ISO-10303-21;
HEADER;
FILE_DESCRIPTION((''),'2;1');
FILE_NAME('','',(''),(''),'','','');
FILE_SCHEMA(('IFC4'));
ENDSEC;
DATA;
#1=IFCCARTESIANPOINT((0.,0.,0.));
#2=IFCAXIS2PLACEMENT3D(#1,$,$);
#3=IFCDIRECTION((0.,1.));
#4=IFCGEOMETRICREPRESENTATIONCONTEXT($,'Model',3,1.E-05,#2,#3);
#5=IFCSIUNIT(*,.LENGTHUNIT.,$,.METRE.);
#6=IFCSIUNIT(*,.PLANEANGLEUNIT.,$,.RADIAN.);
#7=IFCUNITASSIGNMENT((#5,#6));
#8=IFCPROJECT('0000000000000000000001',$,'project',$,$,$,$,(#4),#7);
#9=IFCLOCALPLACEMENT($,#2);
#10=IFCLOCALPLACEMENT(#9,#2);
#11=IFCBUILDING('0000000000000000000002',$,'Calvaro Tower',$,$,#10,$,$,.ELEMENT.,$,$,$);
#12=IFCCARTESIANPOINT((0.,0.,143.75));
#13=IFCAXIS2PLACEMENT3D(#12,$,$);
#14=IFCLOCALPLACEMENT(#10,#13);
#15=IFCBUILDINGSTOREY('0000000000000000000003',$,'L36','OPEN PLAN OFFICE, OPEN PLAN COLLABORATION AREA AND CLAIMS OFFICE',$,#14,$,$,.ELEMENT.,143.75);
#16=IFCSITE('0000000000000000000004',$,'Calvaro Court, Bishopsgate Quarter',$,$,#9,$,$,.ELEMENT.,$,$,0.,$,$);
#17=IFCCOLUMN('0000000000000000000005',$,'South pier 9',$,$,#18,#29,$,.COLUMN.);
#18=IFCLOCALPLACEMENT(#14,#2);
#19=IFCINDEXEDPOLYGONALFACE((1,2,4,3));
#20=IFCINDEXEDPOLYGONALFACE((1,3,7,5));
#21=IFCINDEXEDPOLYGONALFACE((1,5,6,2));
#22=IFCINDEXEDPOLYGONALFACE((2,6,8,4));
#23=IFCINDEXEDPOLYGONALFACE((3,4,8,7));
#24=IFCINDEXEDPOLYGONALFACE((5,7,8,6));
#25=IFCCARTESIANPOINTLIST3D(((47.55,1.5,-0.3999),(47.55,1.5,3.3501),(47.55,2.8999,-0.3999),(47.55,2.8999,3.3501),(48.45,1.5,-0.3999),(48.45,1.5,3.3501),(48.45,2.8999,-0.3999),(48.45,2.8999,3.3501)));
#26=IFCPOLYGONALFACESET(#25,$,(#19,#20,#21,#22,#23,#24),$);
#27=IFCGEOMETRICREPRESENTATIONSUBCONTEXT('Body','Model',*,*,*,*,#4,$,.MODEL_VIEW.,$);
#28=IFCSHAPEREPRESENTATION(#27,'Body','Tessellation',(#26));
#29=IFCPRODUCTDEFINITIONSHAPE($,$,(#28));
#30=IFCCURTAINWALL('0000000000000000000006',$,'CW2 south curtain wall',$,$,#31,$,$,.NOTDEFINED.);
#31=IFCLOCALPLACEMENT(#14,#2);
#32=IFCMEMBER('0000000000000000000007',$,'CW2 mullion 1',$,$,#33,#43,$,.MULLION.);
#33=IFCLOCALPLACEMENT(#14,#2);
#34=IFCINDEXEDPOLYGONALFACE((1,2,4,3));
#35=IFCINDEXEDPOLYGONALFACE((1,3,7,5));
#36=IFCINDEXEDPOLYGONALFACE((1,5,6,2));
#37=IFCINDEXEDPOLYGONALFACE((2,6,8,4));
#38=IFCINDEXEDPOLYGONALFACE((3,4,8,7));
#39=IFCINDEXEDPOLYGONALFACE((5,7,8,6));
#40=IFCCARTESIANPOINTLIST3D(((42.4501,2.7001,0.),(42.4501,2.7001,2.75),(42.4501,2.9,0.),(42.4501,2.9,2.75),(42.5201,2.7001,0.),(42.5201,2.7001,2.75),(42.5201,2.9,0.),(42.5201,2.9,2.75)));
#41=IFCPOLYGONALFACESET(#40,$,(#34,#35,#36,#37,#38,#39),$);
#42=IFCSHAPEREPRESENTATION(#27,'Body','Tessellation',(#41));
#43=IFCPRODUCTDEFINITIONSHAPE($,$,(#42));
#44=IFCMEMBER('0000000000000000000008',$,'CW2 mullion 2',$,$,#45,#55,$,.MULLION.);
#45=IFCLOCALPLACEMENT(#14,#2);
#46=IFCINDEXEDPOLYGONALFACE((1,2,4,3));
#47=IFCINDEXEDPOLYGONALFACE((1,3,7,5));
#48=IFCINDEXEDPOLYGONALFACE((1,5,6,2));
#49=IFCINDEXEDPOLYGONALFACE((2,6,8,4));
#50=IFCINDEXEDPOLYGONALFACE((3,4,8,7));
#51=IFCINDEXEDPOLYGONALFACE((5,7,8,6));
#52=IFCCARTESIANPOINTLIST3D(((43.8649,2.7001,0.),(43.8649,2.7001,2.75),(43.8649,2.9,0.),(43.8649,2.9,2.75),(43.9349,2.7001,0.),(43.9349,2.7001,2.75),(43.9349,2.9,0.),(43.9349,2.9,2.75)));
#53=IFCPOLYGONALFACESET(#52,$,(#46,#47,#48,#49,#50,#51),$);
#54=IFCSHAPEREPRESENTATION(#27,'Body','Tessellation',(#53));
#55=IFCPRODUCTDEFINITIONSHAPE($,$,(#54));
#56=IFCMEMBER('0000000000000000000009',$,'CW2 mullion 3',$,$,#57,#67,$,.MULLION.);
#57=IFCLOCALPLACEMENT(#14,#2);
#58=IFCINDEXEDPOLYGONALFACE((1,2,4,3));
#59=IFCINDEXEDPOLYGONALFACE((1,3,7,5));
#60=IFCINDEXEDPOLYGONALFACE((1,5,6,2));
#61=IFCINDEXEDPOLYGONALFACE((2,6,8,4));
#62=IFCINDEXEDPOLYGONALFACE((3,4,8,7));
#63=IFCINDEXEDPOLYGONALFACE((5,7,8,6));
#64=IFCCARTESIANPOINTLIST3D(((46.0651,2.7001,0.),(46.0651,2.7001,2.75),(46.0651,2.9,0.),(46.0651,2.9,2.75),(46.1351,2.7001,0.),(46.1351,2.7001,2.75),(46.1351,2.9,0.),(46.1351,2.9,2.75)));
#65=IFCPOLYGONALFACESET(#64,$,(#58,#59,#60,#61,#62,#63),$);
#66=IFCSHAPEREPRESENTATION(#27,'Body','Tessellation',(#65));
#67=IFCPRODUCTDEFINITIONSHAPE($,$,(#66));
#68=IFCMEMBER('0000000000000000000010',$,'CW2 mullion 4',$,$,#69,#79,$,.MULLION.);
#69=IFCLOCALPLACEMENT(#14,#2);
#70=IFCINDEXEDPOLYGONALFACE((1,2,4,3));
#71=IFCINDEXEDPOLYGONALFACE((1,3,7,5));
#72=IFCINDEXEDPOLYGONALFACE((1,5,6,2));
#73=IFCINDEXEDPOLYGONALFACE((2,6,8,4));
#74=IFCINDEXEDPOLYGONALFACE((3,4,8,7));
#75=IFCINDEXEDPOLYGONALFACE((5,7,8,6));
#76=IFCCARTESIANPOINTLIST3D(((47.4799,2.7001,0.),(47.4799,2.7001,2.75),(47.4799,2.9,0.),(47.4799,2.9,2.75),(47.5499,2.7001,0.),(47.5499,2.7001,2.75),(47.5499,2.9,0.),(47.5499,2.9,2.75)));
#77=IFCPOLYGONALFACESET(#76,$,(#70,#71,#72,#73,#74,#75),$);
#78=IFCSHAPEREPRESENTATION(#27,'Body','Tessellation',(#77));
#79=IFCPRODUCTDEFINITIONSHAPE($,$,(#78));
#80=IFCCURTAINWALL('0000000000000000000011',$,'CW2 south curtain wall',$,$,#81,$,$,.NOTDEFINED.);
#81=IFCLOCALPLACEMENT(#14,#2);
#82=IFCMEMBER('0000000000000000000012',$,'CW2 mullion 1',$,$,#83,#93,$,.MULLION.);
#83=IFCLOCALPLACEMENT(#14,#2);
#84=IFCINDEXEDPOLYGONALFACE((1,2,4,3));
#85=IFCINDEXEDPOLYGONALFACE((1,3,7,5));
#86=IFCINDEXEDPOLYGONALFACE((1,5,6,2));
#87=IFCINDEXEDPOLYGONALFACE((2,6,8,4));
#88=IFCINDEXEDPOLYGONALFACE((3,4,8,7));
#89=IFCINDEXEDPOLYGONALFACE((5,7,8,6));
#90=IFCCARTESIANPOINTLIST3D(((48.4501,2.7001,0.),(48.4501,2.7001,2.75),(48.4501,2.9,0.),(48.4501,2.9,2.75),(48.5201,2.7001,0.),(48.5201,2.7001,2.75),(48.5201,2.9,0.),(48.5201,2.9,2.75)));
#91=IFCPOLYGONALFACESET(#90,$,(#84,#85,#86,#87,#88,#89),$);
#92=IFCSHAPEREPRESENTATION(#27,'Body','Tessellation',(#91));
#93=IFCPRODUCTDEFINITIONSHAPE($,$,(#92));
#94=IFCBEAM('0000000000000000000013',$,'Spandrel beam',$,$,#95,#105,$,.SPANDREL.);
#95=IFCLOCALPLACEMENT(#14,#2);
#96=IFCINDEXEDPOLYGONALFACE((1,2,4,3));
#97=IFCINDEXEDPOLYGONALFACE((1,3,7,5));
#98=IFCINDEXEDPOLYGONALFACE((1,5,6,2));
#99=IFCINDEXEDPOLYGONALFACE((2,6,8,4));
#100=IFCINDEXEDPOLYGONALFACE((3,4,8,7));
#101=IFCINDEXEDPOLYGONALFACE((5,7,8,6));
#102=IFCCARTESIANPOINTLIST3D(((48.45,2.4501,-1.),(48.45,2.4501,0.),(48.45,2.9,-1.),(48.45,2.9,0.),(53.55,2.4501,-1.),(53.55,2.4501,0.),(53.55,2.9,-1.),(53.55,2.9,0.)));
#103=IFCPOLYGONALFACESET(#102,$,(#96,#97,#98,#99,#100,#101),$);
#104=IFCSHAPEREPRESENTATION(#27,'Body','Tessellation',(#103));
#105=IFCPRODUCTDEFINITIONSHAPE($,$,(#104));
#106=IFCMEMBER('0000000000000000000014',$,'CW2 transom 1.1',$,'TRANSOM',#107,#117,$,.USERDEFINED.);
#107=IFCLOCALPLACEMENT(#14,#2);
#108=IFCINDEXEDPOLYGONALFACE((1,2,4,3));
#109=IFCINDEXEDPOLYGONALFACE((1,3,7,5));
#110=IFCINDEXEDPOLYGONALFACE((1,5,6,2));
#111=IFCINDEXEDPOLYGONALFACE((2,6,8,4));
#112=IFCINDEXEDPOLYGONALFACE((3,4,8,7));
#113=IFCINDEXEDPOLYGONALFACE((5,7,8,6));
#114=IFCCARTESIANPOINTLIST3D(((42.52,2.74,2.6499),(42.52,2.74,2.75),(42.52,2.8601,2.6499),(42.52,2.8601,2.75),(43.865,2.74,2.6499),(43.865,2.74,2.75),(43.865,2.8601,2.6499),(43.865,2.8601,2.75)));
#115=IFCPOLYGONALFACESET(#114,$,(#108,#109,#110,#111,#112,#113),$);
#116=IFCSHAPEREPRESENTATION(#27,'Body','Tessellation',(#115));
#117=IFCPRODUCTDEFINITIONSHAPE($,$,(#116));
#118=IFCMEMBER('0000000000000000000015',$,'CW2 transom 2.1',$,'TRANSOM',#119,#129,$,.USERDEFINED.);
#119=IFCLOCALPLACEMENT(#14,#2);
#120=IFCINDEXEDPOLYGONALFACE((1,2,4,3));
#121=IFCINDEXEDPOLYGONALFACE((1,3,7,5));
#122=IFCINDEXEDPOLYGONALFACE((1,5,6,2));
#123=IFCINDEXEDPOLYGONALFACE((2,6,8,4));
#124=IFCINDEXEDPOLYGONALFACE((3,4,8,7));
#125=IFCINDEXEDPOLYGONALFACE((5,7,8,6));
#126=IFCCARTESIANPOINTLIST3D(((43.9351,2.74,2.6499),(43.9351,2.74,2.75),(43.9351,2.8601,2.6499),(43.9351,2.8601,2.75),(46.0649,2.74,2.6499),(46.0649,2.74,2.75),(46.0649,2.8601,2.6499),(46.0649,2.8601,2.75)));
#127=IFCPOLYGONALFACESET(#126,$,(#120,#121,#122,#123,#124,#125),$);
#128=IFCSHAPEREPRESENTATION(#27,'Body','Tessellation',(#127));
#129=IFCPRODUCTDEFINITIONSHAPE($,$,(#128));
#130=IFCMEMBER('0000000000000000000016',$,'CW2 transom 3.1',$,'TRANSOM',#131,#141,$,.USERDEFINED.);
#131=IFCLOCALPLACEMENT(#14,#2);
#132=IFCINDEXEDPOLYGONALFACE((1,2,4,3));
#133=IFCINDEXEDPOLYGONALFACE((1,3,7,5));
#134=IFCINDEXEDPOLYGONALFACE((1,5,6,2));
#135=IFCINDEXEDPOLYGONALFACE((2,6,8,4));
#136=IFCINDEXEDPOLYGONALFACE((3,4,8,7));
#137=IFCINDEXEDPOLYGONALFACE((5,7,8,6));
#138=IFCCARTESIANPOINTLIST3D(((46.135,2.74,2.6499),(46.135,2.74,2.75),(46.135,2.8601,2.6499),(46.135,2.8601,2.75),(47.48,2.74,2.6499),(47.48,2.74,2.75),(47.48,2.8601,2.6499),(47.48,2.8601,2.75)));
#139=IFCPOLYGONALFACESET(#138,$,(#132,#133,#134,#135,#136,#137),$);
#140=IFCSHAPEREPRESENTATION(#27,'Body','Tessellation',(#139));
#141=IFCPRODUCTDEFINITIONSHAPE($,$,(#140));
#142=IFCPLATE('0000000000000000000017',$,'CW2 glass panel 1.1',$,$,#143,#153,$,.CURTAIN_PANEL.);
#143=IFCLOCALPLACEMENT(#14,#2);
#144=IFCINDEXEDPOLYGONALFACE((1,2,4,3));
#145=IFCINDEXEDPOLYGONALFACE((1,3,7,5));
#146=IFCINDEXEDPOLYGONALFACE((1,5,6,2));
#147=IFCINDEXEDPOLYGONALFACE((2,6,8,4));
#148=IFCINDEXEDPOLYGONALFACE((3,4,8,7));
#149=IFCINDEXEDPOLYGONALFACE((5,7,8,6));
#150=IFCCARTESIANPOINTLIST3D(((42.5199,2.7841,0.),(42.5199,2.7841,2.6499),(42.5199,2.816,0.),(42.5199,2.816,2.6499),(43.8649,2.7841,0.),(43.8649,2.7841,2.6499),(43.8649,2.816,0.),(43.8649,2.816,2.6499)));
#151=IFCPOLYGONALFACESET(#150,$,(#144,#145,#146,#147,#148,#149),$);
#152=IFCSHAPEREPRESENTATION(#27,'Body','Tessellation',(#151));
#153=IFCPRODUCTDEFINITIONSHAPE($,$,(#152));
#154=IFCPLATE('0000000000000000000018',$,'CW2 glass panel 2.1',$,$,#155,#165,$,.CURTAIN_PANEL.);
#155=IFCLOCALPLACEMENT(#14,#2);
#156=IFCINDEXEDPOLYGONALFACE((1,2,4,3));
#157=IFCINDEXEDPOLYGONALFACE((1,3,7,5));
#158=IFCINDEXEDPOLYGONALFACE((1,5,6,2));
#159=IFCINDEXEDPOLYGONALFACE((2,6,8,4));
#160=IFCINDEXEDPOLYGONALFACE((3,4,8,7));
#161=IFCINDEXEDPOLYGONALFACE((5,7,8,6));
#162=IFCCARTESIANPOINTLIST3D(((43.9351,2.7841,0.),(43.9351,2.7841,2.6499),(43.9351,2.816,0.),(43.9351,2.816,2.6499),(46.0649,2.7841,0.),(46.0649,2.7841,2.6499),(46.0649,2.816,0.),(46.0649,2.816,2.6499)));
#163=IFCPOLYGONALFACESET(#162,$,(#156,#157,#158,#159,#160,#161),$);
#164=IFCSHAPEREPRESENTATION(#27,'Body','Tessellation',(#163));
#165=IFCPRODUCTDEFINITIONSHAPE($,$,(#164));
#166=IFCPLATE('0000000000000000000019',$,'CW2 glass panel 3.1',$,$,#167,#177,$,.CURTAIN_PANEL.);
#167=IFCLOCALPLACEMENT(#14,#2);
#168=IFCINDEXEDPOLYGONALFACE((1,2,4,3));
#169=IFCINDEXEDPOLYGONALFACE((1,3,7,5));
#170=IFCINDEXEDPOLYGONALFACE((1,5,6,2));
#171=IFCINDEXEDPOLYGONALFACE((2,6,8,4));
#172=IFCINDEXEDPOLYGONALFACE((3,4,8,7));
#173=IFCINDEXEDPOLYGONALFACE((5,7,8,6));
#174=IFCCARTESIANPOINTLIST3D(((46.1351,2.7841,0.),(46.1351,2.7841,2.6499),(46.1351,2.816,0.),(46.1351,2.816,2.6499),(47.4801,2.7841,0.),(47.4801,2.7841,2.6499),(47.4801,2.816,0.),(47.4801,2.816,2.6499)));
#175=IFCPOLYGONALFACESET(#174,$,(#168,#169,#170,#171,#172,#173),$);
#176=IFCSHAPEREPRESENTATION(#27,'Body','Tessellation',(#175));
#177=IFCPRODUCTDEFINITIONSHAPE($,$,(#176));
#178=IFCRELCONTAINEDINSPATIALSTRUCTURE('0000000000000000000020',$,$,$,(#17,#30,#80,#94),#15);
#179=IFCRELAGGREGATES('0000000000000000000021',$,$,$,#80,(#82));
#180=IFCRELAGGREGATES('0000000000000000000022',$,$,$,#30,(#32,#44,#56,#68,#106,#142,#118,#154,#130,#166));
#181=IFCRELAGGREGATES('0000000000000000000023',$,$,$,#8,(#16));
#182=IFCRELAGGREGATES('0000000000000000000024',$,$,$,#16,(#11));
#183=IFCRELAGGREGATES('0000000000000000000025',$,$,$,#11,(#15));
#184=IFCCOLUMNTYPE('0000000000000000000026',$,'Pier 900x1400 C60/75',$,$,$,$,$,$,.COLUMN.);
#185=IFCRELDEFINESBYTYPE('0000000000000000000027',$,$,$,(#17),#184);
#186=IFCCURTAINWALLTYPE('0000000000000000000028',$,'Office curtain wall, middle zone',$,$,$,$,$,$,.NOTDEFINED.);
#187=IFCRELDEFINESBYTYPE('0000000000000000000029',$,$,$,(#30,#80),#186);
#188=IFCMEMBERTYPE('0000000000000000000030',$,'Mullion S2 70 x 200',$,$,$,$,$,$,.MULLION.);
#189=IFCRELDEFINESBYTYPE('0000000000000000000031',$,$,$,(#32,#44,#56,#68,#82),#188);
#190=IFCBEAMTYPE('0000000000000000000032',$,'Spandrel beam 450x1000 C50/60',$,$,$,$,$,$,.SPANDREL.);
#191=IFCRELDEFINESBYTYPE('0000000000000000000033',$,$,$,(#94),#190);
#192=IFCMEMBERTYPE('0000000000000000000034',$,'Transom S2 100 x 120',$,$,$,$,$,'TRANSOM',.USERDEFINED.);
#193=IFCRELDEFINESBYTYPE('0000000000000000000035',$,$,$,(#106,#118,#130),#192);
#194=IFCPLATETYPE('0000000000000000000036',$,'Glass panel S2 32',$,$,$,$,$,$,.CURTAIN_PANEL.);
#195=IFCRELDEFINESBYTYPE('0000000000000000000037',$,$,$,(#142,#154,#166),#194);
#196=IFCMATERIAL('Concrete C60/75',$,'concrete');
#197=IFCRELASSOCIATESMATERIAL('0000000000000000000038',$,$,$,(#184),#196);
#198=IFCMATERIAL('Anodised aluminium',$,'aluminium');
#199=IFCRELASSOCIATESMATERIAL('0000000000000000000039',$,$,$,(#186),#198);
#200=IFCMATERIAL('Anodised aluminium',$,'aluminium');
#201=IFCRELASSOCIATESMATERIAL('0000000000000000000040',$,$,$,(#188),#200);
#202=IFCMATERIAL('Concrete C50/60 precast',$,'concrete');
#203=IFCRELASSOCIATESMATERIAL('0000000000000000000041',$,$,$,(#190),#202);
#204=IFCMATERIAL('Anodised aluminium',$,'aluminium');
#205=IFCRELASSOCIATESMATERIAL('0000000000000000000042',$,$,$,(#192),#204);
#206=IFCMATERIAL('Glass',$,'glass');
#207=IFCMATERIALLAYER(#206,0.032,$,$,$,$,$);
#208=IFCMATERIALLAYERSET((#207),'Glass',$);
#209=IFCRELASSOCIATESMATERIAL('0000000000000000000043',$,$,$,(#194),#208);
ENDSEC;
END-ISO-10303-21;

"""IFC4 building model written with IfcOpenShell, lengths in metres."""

from ifc_helpers import new_model, si_unit, direction, frame, origin, origin_2d, place, context, subcontext, project, spatial, rectangle, extrude, material, layer, layer_set, material_profile, profile_set, type_object, element, aggregate, save


model = new_model("IFC4")

# Units and contexts
model_context = context("Model", 3, precision=1e-05, world=origin(), true_north=direction((0.0, 1.0)))
body_context = subcontext(model_context, "Body", "Model", "MODEL_VIEW")
ifc_project = project(units=[si_unit("LENGTHUNIT", "METRE"), si_unit("PLANEANGLEUNIT", "RADIAN")], contexts=[model_context])

# Site, building, storey
site_placement = place(None, origin())
site = spatial("IfcSite", under=ifc_project, at=site_placement, Name="Calvaro Court, Bishopsgate Quarter", CompositionType="ELEMENT", RefElevation=0.0)
building_placement = place(site_placement, origin())
building = spatial("IfcBuilding", under=site, at=building_placement, Name="Calvaro Tower", CompositionType="ELEMENT")
storey_placement = place(building_placement, frame((0.0, 0.0, 143.75)))
storey = spatial("IfcBuildingStorey", under=building, at=storey_placement, Name="L36", Description="OPEN PLAN OFFICE, OPEN PLAN COLLABORATION AREA AND CLAIMS OFFICE", CompositionType="ELEMENT", Elevation=143.75)

# Column
ifc_material_1 = material(Name="Concrete C60/75", Category="concrete")
ifc_material_profile_1 = material_profile(ifc_material_1, rectangle(XDim=0.8999, YDim=1.3999, at=origin_2d()), Name="RC 900x1400")
ifc_profile_set_1 = profile_set([ifc_material_profile_1], Name="Concrete C60/75")
column_type = type_object("IfcColumnType", Name="Pier 900x1400 C60/75", PredefinedType="COLUMN", material=ifc_profile_set_1)
column_placement = place(storey_placement, frame((48.0, 2.2, -0.3999), z_axis=(0.0, 0.0, 1.0), x_axis=(1.0, 0.0, 0.0)))
element("IfcColumn", 1, at=column_placement, inside=storey, type_object=column_type, Name="South pier 9", PredefinedType="COLUMN", context=body_context, shape_type="SweptSolid", body=[
    extrude(rectangle(XDim=0.8999, YDim=1.3999, at=origin_2d()), origin(), (0.0, 0.0, 1.0), 3.75),
])

# Curtain wall, members
ifc_material_2 = material(Name="Anodised aluminium", Category="aluminium")
curtain_wall_type = type_object("IfcCurtainWallType", Name="Office curtain wall, middle zone", PredefinedType="NOTDEFINED", material=ifc_material_2)
curtain_wall_1_placement = place(storey_placement, origin())
curtain_wall_1 = element("IfcCurtainWall", 2, at=curtain_wall_1_placement, inside=storey, type_object=curtain_wall_type, Name="CW2 south curtain wall", PredefinedType="NOTDEFINED")
ifc_material_3 = material(Name="Anodised aluminium", Category="aluminium")
ifc_material_profile_2 = material_profile(ifc_material_3, rectangle(XDim=0.2, YDim=0.0701, at=origin_2d()), Name="Mullion S2 70 x 200")
ifc_profile_set_2 = profile_set([ifc_material_profile_2], Name="Anodised aluminium")
member_type_1 = type_object("IfcMemberType", Name="Mullion S2 70 x 200", PredefinedType="MULLION", material=ifc_profile_set_2)
member_1_placement = place(storey_placement, frame((42.4851, 2.8, 0.0), z_axis=(0.0, 0.0, 1.0), x_axis=(0.0, 1.0, 0.0)))
member_1 = element("IfcMember", 3, at=member_1_placement, type_object=member_type_1, Name="CW2 mullion 1", PredefinedType="MULLION", context=body_context, shape_type="SweptSolid", body=[
    extrude(rectangle(XDim=0.2, YDim=0.0701, at=origin_2d()), origin(), (0.0, 0.0, 1.0), 2.75),
])
member_2_placement = place(storey_placement, frame((43.8999, 2.8, 0.0), z_axis=(0.0, 0.0, 1.0), x_axis=(0.0, 1.0, 0.0)))
member_2 = element("IfcMember", 4, at=member_2_placement, type_object=member_type_1, Name="CW2 mullion 2", PredefinedType="MULLION", context=body_context, shape_type="SweptSolid", body=[
    extrude(rectangle(XDim=0.2, YDim=0.0701, at=origin_2d()), origin(), (0.0, 0.0, 1.0), 2.75),
])
member_3_placement = place(storey_placement, frame((46.1001, 2.8, 0.0), z_axis=(0.0, 0.0, 1.0), x_axis=(0.0, 1.0, 0.0)))
member_3 = element("IfcMember", 5, at=member_3_placement, type_object=member_type_1, Name="CW2 mullion 3", PredefinedType="MULLION", context=body_context, shape_type="SweptSolid", body=[
    extrude(rectangle(XDim=0.2, YDim=0.0701, at=origin_2d()), origin(), (0.0, 0.0, 1.0), 2.75),
])
member_4_placement = place(storey_placement, frame((47.5149, 2.8, 0.0), z_axis=(0.0, 0.0, 1.0), x_axis=(0.0, 1.0, 0.0)))
member_4 = element("IfcMember", 6, at=member_4_placement, type_object=member_type_1, Name="CW2 mullion 4", PredefinedType="MULLION", context=body_context, shape_type="SweptSolid", body=[
    extrude(rectangle(XDim=0.2, YDim=0.0701, at=origin_2d()), origin(), (0.0, 0.0, 1.0), 2.75),
])

# Curtain wall, member
curtain_wall_2_placement = place(storey_placement, origin())
curtain_wall_2 = element("IfcCurtainWall", 7, at=curtain_wall_2_placement, inside=storey, type_object=curtain_wall_type, Name="CW2 south curtain wall", PredefinedType="NOTDEFINED")
member_5_placement = place(storey_placement, frame((48.4851, 2.8, 0.0), z_axis=(0.0, 0.0, 1.0), x_axis=(0.0, 1.0, 0.0)))
member_5 = element("IfcMember", 8, at=member_5_placement, type_object=member_type_1, Name="CW2 mullion 1", PredefinedType="MULLION", context=body_context, shape_type="SweptSolid", body=[
    extrude(rectangle(XDim=0.2, YDim=0.0701, at=origin_2d()), origin(), (0.0, 0.0, 1.0), 2.75),
])
aggregate(curtain_wall_2, [member_5])

# Beam
ifc_material_4 = material(Name="Concrete C50/60 precast", Category="concrete")
ifc_material_profile_3 = material_profile(ifc_material_4, rectangle(XDim=0.45, YDim=1.0, at=origin_2d()), Name="RC 450x1000")
ifc_profile_set_3 = profile_set([ifc_material_profile_3], Name="Concrete C50/60 precast")
beam_type = type_object("IfcBeamType", Name="Spandrel beam 450x1000 C50/60", PredefinedType="SPANDREL", material=ifc_profile_set_3)
beam_placement = place(storey_placement, frame((48.45, 2.675, -0.5), z_axis=(1.0, 0.0, 0.0), x_axis=(0.0, 1.0, 0.0)))
element("IfcBeam", 9, at=beam_placement, inside=storey, type_object=beam_type, Name="Spandrel beam", PredefinedType="SPANDREL", context=body_context, shape_type="SweptSolid", body=[
    extrude(rectangle(XDim=0.45, YDim=1.0, at=origin_2d()), origin(), (0.0, 0.0, 1.0), 5.1001),
])

# Members
ifc_material_5 = material(Name="Anodised aluminium", Category="aluminium")
ifc_material_profile_4 = material_profile(ifc_material_5, rectangle(XDim=0.1201, YDim=0.1001, at=origin_2d()), Name="Transom S2 100 x 120")
ifc_profile_set_4 = profile_set([ifc_material_profile_4], Name="Anodised aluminium")
member_type_2 = type_object("IfcMemberType", Name="Transom S2 100 x 120", ElementType="TRANSOM", PredefinedType="USERDEFINED", material=ifc_profile_set_4)
member_6_placement = place(storey_placement, frame((42.52, 2.8, 2.7), z_axis=(1.0, 0.0, 0.0), x_axis=(0.0, 1.0, 0.0)))
member_6 = element("IfcMember", 10, at=member_6_placement, type_object=member_type_2, Name="CW2 transom 1.1", ObjectType="TRANSOM", PredefinedType="USERDEFINED", context=body_context, shape_type="SweptSolid", body=[
    extrude(rectangle(XDim=0.1201, YDim=0.1001, at=origin_2d()), origin(), (0.0, 0.0, 1.0), 1.345),
])
member_7_placement = place(storey_placement, frame((43.9351, 2.8, 2.7), z_axis=(1.0, 0.0, 0.0), x_axis=(0.0, 1.0, 0.0)))
member_7 = element("IfcMember", 11, at=member_7_placement, type_object=member_type_2, Name="CW2 transom 2.1", ObjectType="TRANSOM", PredefinedType="USERDEFINED", context=body_context, shape_type="SweptSolid", body=[
    extrude(rectangle(XDim=0.1201, YDim=0.1001, at=origin_2d()), origin(), (0.0, 0.0, 1.0), 2.1299),
])
member_8_placement = place(storey_placement, frame((46.135, 2.8, 2.7), z_axis=(1.0, 0.0, 0.0), x_axis=(0.0, 1.0, 0.0)))
member_8 = element("IfcMember", 12, at=member_8_placement, type_object=member_type_2, Name="CW2 transom 3.1", ObjectType="TRANSOM", PredefinedType="USERDEFINED", context=body_context, shape_type="SweptSolid", body=[
    extrude(rectangle(XDim=0.1201, YDim=0.1001, at=origin_2d()), origin(), (0.0, 0.0, 1.0), 1.345),
])

# Plates
ifc_material_6 = material(Name="Glass", Category="glass")
ifc_layer_1 = layer(ifc_material_6, 0.032)
ifc_layer_set_1 = layer_set([ifc_layer_1], Name="Glass")
plate_type = type_object("IfcPlateType", Name="Glass panel S2 32", PredefinedType="CURTAIN_PANEL", material=ifc_layer_set_1)
plate_1_placement = place(storey_placement, frame((43.1924, 2.8, 0.0), z_axis=(0.0, 0.0, 1.0), x_axis=(1.0, 0.0, 0.0)))
plate_1 = element("IfcPlate", 13, at=plate_1_placement, type_object=plate_type, Name="CW2 glass panel 1.1", PredefinedType="CURTAIN_PANEL", context=body_context, shape_type="SweptSolid", body=[
    extrude(rectangle(XDim=1.345, YDim=0.032, at=origin_2d()), origin(), (0.0, 0.0, 1.0), 2.6499),
])
plate_2_placement = place(storey_placement, frame((45.0, 2.8, 0.0), z_axis=(0.0, 0.0, 1.0), x_axis=(1.0, 0.0, 0.0)))
plate_2 = element("IfcPlate", 14, at=plate_2_placement, type_object=plate_type, Name="CW2 glass panel 2.1", PredefinedType="CURTAIN_PANEL", context=body_context, shape_type="SweptSolid", body=[
    extrude(rectangle(XDim=2.1299, YDim=0.032, at=origin_2d()), origin(), (0.0, 0.0, 1.0), 2.6499),
])
plate_3_placement = place(storey_placement, frame((46.8076, 2.8, 0.0), z_axis=(0.0, 0.0, 1.0), x_axis=(1.0, 0.0, 0.0)))
plate_3 = element("IfcPlate", 15, at=plate_3_placement, type_object=plate_type, Name="CW2 glass panel 3.1", PredefinedType="CURTAIN_PANEL", context=body_context, shape_type="SweptSolid", body=[
    extrude(rectangle(XDim=1.345, YDim=0.032, at=origin_2d()), origin(), (0.0, 0.0, 1.0), 2.6499),
])
aggregate(curtain_wall_1, [member_1, member_2, member_3, member_4, member_6, plate_1, member_7, plate_2, member_8, plate_3])

save(model, "model.ifc")
